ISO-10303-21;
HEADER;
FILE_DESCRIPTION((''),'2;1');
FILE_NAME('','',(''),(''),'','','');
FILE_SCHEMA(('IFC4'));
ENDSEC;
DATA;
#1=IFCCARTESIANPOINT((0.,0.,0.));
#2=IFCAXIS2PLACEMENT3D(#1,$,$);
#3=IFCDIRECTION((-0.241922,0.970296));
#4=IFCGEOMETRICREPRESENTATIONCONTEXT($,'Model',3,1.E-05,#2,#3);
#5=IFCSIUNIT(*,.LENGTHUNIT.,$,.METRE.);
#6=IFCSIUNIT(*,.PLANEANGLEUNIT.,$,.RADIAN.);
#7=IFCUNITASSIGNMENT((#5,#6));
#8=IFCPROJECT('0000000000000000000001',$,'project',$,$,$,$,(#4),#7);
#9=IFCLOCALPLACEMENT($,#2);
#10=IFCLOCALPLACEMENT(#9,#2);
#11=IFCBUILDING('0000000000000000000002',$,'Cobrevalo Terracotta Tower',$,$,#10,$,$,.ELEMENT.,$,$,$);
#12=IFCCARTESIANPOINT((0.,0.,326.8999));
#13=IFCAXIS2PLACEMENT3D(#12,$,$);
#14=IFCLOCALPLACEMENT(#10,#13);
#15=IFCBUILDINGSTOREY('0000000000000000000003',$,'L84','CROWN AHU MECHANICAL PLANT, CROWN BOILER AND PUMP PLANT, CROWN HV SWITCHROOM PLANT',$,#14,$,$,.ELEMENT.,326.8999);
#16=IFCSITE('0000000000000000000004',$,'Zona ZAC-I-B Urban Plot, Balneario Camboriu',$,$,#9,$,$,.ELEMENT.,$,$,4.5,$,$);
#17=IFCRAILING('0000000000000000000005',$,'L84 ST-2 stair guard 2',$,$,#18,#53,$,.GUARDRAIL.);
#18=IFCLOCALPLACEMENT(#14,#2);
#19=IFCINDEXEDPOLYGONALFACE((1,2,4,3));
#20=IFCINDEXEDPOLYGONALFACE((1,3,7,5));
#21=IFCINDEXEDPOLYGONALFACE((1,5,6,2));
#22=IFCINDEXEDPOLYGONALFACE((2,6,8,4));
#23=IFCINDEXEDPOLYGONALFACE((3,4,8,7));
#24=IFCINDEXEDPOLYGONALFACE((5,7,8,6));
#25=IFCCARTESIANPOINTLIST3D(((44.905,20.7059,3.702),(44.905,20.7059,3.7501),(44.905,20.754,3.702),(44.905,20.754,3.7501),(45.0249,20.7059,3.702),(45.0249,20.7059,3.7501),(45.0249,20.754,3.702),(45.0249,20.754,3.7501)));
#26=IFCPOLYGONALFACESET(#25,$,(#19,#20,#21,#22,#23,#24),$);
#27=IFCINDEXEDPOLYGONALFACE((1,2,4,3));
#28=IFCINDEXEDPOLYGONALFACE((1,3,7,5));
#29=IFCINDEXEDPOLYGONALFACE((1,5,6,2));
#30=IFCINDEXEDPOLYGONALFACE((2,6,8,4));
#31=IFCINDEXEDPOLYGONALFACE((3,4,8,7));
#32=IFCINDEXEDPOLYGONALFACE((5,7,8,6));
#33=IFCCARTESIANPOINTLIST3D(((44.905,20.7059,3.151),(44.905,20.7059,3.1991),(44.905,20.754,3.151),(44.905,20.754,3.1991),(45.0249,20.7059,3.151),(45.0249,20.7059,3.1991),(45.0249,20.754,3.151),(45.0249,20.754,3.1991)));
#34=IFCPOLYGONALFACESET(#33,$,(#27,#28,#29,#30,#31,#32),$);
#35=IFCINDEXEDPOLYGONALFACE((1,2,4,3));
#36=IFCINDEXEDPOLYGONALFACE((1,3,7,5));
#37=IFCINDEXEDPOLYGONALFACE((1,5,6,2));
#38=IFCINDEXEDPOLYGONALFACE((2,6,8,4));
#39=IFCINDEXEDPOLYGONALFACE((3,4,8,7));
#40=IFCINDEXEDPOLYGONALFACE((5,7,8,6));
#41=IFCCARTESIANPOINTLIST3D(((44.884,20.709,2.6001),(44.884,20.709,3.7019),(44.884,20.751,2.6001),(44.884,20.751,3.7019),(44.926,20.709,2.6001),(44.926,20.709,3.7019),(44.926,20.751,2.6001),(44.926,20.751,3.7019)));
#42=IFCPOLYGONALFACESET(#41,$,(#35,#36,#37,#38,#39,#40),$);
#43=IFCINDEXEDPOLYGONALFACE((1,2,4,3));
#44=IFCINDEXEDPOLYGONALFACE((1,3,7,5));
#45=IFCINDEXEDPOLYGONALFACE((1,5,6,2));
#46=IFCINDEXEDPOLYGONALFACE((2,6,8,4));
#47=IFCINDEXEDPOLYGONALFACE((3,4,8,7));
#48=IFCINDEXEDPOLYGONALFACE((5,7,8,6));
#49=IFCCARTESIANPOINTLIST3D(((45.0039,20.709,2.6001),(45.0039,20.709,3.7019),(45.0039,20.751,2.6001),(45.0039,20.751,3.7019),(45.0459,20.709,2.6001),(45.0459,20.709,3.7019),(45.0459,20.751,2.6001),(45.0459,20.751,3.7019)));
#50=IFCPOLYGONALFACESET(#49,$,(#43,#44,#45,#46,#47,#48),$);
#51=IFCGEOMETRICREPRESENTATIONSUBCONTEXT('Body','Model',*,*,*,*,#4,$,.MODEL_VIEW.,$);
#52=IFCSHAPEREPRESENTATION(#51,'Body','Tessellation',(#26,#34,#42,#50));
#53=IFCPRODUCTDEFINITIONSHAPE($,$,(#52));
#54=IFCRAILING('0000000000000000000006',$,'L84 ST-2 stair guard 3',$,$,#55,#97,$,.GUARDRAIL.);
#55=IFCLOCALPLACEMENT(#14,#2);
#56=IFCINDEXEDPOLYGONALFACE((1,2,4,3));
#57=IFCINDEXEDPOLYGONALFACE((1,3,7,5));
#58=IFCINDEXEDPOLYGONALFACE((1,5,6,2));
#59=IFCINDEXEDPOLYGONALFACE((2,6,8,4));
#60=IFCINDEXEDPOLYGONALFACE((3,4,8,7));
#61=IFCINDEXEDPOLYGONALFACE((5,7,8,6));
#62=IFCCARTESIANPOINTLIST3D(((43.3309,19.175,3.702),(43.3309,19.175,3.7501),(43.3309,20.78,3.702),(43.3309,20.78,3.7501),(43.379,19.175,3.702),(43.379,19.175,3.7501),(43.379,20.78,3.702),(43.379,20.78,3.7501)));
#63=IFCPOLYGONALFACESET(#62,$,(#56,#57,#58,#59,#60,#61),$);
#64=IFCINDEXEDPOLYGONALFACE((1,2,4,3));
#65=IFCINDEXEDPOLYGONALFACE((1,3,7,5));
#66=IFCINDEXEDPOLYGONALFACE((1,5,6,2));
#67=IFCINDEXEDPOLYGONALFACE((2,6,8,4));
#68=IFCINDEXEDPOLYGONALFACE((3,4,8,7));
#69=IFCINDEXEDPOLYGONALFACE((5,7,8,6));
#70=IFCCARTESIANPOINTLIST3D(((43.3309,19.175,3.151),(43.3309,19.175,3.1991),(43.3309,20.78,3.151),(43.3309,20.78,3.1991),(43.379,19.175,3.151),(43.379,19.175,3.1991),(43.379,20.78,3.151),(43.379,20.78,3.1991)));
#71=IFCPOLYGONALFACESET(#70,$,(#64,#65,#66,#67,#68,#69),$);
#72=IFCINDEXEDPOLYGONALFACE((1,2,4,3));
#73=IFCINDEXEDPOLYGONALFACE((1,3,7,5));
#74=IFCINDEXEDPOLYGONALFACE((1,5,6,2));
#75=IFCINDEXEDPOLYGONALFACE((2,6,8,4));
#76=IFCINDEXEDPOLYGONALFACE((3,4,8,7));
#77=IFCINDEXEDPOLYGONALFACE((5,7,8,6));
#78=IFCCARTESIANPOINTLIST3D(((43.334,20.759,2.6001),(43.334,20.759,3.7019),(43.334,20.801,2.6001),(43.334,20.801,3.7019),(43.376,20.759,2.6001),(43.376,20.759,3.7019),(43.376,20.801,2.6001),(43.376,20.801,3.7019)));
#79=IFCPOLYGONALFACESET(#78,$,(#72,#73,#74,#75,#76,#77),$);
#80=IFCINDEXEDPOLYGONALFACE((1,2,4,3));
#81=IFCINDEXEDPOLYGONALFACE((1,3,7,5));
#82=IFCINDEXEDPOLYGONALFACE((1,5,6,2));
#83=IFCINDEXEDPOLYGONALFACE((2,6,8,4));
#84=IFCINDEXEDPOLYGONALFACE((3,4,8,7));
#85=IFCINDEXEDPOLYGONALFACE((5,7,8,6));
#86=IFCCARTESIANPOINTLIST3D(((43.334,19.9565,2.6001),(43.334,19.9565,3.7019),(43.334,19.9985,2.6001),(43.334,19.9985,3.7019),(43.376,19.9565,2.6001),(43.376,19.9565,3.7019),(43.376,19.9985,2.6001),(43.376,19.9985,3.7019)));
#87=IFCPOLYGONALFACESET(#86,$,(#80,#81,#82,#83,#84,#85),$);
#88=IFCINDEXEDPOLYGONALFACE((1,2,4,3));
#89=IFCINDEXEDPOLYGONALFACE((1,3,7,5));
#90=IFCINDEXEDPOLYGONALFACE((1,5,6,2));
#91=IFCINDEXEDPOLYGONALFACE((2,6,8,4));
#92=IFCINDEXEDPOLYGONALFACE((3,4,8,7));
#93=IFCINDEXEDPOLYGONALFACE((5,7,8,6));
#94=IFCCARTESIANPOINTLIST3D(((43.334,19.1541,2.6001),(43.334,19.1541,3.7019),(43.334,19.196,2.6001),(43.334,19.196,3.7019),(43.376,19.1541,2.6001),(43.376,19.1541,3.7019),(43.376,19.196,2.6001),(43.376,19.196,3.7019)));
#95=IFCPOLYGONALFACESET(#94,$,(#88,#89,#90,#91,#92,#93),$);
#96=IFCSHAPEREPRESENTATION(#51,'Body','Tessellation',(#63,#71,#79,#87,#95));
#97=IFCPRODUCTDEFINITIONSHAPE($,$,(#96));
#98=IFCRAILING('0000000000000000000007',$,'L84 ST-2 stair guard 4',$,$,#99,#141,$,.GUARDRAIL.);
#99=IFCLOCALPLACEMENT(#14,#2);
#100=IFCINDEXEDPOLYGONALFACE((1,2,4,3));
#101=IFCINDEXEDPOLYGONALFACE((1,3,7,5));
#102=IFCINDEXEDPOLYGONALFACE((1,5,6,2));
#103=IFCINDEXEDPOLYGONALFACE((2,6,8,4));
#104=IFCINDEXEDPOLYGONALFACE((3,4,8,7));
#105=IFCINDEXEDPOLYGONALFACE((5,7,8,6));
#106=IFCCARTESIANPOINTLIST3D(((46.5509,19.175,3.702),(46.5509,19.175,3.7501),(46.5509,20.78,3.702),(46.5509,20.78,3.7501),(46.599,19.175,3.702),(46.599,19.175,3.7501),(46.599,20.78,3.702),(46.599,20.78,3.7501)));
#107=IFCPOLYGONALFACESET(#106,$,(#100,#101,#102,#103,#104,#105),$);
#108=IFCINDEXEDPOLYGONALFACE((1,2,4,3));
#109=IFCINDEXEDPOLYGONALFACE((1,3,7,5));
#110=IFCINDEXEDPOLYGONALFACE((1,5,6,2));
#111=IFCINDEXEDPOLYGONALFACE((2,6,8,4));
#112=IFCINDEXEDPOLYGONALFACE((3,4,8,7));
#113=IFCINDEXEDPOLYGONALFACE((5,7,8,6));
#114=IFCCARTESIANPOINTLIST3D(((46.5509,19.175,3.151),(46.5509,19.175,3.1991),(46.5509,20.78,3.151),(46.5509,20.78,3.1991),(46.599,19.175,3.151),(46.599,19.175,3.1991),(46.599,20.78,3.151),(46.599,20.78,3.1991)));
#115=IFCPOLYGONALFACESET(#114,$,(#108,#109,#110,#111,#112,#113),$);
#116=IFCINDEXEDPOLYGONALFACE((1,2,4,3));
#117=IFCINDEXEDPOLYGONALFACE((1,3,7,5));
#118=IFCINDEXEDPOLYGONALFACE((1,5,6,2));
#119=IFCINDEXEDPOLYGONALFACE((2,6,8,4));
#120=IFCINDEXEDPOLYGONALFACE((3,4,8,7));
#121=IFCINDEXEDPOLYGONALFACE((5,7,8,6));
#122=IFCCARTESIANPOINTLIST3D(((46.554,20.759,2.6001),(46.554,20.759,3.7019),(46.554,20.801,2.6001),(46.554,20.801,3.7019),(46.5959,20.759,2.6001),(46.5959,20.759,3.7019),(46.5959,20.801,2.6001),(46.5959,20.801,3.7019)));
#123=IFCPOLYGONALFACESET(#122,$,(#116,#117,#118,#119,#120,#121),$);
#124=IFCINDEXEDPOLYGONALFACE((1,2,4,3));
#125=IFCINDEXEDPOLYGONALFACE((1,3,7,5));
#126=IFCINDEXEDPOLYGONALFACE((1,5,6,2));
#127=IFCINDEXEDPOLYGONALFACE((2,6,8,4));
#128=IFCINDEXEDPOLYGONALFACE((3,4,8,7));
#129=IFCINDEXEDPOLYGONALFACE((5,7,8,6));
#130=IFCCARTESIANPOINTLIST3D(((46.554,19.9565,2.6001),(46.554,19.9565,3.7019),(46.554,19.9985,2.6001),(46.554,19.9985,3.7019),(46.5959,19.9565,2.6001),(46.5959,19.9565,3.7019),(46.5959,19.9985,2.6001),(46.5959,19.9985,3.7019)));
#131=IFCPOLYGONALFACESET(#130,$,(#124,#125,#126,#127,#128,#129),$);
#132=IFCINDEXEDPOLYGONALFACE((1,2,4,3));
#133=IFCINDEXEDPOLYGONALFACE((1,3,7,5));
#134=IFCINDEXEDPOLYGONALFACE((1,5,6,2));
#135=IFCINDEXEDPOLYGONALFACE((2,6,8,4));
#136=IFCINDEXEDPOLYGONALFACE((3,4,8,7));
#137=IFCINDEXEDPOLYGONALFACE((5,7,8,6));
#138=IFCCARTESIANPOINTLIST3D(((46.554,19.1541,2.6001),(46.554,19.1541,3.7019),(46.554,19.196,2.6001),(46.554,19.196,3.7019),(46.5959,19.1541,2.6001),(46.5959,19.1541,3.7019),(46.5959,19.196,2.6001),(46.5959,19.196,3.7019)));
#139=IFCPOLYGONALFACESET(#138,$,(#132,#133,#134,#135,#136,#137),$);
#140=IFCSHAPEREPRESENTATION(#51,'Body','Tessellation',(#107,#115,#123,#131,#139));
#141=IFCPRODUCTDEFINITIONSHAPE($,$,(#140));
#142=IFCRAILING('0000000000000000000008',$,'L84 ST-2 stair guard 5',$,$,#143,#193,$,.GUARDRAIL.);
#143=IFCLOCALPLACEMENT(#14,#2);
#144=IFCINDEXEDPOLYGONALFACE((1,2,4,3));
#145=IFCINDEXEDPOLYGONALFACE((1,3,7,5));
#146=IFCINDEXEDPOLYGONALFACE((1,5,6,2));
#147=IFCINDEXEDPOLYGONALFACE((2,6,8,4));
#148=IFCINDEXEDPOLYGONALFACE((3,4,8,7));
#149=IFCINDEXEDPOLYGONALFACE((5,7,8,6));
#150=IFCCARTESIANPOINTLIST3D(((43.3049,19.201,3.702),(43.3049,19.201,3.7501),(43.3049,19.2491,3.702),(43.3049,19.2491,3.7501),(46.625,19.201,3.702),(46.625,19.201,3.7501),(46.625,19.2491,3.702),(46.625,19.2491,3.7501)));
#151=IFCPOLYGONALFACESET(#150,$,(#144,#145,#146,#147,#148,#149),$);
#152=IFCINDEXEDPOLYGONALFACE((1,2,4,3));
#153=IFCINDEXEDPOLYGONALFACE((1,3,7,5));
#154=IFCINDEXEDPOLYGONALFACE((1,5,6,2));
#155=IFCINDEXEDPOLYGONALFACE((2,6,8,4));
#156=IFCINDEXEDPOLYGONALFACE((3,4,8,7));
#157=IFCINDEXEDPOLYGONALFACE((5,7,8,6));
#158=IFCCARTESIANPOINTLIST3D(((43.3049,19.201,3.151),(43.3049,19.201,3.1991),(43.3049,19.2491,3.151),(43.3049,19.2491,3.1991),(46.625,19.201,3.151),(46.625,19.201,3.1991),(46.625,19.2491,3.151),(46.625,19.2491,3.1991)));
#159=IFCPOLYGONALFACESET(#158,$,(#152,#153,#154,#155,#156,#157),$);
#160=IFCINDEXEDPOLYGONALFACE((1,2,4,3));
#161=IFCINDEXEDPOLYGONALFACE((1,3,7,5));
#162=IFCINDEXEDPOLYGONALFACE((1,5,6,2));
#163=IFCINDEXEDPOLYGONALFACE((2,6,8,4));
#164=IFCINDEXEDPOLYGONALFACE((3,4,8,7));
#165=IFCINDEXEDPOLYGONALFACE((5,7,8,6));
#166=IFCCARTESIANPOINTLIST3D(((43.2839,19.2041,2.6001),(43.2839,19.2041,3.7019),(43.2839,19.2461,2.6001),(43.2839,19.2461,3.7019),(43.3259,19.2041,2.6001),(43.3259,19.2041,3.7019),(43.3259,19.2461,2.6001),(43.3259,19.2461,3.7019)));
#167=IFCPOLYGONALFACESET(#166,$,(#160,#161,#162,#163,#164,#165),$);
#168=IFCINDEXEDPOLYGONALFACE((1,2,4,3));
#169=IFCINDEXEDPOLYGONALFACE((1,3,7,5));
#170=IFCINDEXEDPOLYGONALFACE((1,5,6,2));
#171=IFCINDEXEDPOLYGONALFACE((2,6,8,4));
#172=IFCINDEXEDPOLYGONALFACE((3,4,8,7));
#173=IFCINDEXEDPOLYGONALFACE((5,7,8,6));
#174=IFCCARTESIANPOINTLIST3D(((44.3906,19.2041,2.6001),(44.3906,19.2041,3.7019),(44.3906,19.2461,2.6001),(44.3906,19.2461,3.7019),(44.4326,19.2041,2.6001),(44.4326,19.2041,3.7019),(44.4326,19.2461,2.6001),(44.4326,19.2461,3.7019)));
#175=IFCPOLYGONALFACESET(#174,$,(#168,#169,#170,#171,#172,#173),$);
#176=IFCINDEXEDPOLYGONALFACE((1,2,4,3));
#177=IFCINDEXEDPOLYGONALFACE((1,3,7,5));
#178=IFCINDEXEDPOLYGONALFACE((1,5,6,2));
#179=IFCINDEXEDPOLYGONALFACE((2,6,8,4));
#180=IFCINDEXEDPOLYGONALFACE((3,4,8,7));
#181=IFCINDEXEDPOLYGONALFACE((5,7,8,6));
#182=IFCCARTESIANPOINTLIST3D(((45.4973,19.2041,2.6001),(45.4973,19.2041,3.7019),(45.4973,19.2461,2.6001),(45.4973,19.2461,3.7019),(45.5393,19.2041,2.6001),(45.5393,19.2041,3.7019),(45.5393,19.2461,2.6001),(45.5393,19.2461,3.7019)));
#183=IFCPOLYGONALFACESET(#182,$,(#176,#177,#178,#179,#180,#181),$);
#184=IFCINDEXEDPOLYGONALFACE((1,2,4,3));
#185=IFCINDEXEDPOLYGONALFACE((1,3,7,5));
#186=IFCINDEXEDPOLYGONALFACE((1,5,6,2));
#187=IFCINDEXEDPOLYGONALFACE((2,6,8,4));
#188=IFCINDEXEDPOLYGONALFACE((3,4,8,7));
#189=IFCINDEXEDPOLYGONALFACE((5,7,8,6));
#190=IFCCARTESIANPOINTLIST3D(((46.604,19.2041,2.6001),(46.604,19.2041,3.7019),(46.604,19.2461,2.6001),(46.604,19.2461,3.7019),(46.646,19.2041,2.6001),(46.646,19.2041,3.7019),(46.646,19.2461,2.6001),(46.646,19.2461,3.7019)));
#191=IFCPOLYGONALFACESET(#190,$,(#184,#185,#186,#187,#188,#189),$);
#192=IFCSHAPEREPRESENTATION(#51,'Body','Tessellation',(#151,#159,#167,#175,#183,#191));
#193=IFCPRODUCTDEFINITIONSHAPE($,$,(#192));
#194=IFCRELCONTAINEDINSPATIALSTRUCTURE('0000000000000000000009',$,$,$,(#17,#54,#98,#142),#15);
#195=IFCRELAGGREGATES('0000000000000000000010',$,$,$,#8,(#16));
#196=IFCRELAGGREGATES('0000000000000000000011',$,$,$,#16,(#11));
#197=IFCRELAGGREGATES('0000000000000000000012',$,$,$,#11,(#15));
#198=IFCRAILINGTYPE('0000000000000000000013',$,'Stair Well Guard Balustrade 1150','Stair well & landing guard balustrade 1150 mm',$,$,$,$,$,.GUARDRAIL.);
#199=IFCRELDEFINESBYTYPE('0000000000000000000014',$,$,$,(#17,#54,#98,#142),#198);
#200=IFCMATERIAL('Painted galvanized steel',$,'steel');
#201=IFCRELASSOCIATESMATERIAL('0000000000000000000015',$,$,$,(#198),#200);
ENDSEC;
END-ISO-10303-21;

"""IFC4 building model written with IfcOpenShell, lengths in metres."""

from ifc_helpers import new_model, si_unit, direction, frame, origin, origin_2d, place, context, subcontext, project, spatial, rectangle, extrude, material, type_object, element, save


model = new_model("IFC4")

# Units and contexts
model_context = context("Model", 3, precision=1e-05, world=origin(), true_north=direction((-0.241922, 0.970296)))
body_context = subcontext(model_context, "Body", "Model", "MODEL_VIEW")
ifc_project = project(units=[si_unit("LENGTHUNIT", "METRE"), si_unit("PLANEANGLEUNIT", "RADIAN")], contexts=[model_context])

# Site, building, storey
site_placement = place(None, origin())
site = spatial("IfcSite", under=ifc_project, at=site_placement, Name="Zona ZAC-I-B Urban Plot, Balneario Camboriu", CompositionType="ELEMENT", RefElevation=4.5)
building_placement = place(site_placement, origin())
building = spatial("IfcBuilding", under=site, at=building_placement, Name="Cobrevalo Terracotta Tower", CompositionType="ELEMENT")
storey_placement = place(building_placement, frame((0.0, 0.0, 326.8999)))
storey = spatial("IfcBuildingStorey", under=building, at=storey_placement, Name="L84", Description="CROWN AHU MECHANICAL PLANT, CROWN BOILER AND PUMP PLANT, CROWN HV SWITCHROOM PLANT", CompositionType="ELEMENT", Elevation=326.8999)

# Railings
ifc_material_1 = material(Name="Painted galvanized steel", Category="steel")
railing_type_1 = type_object("IfcRailingType", Name="Stair Well Guard Balustrade 1150", Description="Stair well & landing guard balustrade 1150 mm", PredefinedType="GUARDRAIL", material=ifc_material_1)
railing_1_placement = place(storey_placement, frame((44.905, 20.73, 2.6001)))
element("IfcRailing", 1, at=railing_1_placement, inside=storey, type_object=railing_type_1, Name="L84 ST-2 stair guard 2", PredefinedType="GUARDRAIL", context=body_context, shape_type="SweptSolid", body=[
    extrude(rectangle(XDim=0.0481, YDim=0.0481, at=origin_2d()), frame((0.0, 0.0, 1.126), z_axis=(1.0, 0.0, 0.0), x_axis=(0.0, 1.0, 0.0)), (0.0, 0.0, 1.0), 0.1199),
    extrude(rectangle(XDim=0.0481, YDim=0.0481, at=origin_2d()), frame((0.0, 0.0, 0.575), z_axis=(1.0, 0.0, 0.0), x_axis=(0.0, 1.0, 0.0)), (0.0, 0.0, 1.0), 0.1199),
    extrude(rectangle(XDim=0.042, YDim=0.042, at=origin_2d()), origin(), (0.0, 0.0, 1.0), 1.1018),
    extrude(rectangle(XDim=0.042, YDim=0.042, at=origin_2d()), frame((0.1199, 0.0, 0.0)), (0.0, 0.0, 1.0), 1.1018),
])
for number, where, name in (
    (2, (43.355, 20.78, 2.6001), "L84 ST-2 stair guard 3"),
    (3, (46.575, 20.78, 2.6001), "L84 ST-2 stair guard 4"),
):
    element("IfcRailing", number, at=place(storey_placement, frame(where)), inside=storey, type_object=railing_type_1, Name=name, PredefinedType="GUARDRAIL", context=body_context, shape_type="SweptSolid", body=[
        extrude(rectangle(XDim=0.0481, YDim=0.0481, at=origin_2d()), frame((0.0, 0.0, 1.126), z_axis=(0.0, -1.0, 0.0), x_axis=(1.0, 0.0, 0.0)), (0.0, 0.0, 1.0), 1.605),
        extrude(rectangle(XDim=0.0481, YDim=0.0481, at=origin_2d()), frame((0.0, 0.0, 0.575), z_axis=(0.0, -1.0, 0.0), x_axis=(1.0, 0.0, 0.0)), (0.0, 0.0, 1.0), 1.605),
        extrude(rectangle(XDim=0.042, YDim=0.042, at=origin_2d()), origin(), (0.0, 0.0, 1.0), 1.1018),
        extrude(rectangle(XDim=0.042, YDim=0.042, at=origin_2d()), frame((0.0, -0.8025, 0.0)), (0.0, 0.0, 1.0), 1.1018),
        extrude(rectangle(XDim=0.042, YDim=0.042, at=origin_2d()), frame((0.0, -1.605, 0.0)), (0.0, 0.0, 1.0), 1.1018),
    ])
railing_2_placement = place(storey_placement, frame((43.3049, 19.2251, 2.6001)))
element("IfcRailing", 4, at=railing_2_placement, inside=storey, type_object=railing_type_1, Name="L84 ST-2 stair guard 5", PredefinedType="GUARDRAIL", context=body_context, shape_type="SweptSolid", body=[
    extrude(rectangle(XDim=0.0481, YDim=0.0481, at=origin_2d()), frame((0.0, 0.0, 1.126), z_axis=(1.0, 0.0, 0.0), x_axis=(0.0, 1.0, 0.0)), (0.0, 0.0, 1.0), 3.3201),
    extrude(rectangle(XDim=0.0481, YDim=0.0481, at=origin_2d()), frame((0.0, 0.0, 0.575), z_axis=(1.0, 0.0, 0.0), x_axis=(0.0, 1.0, 0.0)), (0.0, 0.0, 1.0), 3.3201),
    extrude(rectangle(XDim=0.042, YDim=0.042, at=origin_2d()), origin(), (0.0, 0.0, 1.0), 1.1018),
    extrude(rectangle(XDim=0.042, YDim=0.042, at=origin_2d()), frame((1.1067, 0.0, 0.0)), (0.0, 0.0, 1.0), 1.1018),
    extrude(rectangle(XDim=0.042, YDim=0.042, at=origin_2d()), frame((2.2134, 0.0, 0.0)), (0.0, 0.0, 1.0), 1.1018),
    extrude(rectangle(XDim=0.042, YDim=0.042, at=origin_2d()), frame((3.3201, 0.0, 0.0)), (0.0, 0.0, 1.0), 1.1018),
])

save(model, "model.ifc")
